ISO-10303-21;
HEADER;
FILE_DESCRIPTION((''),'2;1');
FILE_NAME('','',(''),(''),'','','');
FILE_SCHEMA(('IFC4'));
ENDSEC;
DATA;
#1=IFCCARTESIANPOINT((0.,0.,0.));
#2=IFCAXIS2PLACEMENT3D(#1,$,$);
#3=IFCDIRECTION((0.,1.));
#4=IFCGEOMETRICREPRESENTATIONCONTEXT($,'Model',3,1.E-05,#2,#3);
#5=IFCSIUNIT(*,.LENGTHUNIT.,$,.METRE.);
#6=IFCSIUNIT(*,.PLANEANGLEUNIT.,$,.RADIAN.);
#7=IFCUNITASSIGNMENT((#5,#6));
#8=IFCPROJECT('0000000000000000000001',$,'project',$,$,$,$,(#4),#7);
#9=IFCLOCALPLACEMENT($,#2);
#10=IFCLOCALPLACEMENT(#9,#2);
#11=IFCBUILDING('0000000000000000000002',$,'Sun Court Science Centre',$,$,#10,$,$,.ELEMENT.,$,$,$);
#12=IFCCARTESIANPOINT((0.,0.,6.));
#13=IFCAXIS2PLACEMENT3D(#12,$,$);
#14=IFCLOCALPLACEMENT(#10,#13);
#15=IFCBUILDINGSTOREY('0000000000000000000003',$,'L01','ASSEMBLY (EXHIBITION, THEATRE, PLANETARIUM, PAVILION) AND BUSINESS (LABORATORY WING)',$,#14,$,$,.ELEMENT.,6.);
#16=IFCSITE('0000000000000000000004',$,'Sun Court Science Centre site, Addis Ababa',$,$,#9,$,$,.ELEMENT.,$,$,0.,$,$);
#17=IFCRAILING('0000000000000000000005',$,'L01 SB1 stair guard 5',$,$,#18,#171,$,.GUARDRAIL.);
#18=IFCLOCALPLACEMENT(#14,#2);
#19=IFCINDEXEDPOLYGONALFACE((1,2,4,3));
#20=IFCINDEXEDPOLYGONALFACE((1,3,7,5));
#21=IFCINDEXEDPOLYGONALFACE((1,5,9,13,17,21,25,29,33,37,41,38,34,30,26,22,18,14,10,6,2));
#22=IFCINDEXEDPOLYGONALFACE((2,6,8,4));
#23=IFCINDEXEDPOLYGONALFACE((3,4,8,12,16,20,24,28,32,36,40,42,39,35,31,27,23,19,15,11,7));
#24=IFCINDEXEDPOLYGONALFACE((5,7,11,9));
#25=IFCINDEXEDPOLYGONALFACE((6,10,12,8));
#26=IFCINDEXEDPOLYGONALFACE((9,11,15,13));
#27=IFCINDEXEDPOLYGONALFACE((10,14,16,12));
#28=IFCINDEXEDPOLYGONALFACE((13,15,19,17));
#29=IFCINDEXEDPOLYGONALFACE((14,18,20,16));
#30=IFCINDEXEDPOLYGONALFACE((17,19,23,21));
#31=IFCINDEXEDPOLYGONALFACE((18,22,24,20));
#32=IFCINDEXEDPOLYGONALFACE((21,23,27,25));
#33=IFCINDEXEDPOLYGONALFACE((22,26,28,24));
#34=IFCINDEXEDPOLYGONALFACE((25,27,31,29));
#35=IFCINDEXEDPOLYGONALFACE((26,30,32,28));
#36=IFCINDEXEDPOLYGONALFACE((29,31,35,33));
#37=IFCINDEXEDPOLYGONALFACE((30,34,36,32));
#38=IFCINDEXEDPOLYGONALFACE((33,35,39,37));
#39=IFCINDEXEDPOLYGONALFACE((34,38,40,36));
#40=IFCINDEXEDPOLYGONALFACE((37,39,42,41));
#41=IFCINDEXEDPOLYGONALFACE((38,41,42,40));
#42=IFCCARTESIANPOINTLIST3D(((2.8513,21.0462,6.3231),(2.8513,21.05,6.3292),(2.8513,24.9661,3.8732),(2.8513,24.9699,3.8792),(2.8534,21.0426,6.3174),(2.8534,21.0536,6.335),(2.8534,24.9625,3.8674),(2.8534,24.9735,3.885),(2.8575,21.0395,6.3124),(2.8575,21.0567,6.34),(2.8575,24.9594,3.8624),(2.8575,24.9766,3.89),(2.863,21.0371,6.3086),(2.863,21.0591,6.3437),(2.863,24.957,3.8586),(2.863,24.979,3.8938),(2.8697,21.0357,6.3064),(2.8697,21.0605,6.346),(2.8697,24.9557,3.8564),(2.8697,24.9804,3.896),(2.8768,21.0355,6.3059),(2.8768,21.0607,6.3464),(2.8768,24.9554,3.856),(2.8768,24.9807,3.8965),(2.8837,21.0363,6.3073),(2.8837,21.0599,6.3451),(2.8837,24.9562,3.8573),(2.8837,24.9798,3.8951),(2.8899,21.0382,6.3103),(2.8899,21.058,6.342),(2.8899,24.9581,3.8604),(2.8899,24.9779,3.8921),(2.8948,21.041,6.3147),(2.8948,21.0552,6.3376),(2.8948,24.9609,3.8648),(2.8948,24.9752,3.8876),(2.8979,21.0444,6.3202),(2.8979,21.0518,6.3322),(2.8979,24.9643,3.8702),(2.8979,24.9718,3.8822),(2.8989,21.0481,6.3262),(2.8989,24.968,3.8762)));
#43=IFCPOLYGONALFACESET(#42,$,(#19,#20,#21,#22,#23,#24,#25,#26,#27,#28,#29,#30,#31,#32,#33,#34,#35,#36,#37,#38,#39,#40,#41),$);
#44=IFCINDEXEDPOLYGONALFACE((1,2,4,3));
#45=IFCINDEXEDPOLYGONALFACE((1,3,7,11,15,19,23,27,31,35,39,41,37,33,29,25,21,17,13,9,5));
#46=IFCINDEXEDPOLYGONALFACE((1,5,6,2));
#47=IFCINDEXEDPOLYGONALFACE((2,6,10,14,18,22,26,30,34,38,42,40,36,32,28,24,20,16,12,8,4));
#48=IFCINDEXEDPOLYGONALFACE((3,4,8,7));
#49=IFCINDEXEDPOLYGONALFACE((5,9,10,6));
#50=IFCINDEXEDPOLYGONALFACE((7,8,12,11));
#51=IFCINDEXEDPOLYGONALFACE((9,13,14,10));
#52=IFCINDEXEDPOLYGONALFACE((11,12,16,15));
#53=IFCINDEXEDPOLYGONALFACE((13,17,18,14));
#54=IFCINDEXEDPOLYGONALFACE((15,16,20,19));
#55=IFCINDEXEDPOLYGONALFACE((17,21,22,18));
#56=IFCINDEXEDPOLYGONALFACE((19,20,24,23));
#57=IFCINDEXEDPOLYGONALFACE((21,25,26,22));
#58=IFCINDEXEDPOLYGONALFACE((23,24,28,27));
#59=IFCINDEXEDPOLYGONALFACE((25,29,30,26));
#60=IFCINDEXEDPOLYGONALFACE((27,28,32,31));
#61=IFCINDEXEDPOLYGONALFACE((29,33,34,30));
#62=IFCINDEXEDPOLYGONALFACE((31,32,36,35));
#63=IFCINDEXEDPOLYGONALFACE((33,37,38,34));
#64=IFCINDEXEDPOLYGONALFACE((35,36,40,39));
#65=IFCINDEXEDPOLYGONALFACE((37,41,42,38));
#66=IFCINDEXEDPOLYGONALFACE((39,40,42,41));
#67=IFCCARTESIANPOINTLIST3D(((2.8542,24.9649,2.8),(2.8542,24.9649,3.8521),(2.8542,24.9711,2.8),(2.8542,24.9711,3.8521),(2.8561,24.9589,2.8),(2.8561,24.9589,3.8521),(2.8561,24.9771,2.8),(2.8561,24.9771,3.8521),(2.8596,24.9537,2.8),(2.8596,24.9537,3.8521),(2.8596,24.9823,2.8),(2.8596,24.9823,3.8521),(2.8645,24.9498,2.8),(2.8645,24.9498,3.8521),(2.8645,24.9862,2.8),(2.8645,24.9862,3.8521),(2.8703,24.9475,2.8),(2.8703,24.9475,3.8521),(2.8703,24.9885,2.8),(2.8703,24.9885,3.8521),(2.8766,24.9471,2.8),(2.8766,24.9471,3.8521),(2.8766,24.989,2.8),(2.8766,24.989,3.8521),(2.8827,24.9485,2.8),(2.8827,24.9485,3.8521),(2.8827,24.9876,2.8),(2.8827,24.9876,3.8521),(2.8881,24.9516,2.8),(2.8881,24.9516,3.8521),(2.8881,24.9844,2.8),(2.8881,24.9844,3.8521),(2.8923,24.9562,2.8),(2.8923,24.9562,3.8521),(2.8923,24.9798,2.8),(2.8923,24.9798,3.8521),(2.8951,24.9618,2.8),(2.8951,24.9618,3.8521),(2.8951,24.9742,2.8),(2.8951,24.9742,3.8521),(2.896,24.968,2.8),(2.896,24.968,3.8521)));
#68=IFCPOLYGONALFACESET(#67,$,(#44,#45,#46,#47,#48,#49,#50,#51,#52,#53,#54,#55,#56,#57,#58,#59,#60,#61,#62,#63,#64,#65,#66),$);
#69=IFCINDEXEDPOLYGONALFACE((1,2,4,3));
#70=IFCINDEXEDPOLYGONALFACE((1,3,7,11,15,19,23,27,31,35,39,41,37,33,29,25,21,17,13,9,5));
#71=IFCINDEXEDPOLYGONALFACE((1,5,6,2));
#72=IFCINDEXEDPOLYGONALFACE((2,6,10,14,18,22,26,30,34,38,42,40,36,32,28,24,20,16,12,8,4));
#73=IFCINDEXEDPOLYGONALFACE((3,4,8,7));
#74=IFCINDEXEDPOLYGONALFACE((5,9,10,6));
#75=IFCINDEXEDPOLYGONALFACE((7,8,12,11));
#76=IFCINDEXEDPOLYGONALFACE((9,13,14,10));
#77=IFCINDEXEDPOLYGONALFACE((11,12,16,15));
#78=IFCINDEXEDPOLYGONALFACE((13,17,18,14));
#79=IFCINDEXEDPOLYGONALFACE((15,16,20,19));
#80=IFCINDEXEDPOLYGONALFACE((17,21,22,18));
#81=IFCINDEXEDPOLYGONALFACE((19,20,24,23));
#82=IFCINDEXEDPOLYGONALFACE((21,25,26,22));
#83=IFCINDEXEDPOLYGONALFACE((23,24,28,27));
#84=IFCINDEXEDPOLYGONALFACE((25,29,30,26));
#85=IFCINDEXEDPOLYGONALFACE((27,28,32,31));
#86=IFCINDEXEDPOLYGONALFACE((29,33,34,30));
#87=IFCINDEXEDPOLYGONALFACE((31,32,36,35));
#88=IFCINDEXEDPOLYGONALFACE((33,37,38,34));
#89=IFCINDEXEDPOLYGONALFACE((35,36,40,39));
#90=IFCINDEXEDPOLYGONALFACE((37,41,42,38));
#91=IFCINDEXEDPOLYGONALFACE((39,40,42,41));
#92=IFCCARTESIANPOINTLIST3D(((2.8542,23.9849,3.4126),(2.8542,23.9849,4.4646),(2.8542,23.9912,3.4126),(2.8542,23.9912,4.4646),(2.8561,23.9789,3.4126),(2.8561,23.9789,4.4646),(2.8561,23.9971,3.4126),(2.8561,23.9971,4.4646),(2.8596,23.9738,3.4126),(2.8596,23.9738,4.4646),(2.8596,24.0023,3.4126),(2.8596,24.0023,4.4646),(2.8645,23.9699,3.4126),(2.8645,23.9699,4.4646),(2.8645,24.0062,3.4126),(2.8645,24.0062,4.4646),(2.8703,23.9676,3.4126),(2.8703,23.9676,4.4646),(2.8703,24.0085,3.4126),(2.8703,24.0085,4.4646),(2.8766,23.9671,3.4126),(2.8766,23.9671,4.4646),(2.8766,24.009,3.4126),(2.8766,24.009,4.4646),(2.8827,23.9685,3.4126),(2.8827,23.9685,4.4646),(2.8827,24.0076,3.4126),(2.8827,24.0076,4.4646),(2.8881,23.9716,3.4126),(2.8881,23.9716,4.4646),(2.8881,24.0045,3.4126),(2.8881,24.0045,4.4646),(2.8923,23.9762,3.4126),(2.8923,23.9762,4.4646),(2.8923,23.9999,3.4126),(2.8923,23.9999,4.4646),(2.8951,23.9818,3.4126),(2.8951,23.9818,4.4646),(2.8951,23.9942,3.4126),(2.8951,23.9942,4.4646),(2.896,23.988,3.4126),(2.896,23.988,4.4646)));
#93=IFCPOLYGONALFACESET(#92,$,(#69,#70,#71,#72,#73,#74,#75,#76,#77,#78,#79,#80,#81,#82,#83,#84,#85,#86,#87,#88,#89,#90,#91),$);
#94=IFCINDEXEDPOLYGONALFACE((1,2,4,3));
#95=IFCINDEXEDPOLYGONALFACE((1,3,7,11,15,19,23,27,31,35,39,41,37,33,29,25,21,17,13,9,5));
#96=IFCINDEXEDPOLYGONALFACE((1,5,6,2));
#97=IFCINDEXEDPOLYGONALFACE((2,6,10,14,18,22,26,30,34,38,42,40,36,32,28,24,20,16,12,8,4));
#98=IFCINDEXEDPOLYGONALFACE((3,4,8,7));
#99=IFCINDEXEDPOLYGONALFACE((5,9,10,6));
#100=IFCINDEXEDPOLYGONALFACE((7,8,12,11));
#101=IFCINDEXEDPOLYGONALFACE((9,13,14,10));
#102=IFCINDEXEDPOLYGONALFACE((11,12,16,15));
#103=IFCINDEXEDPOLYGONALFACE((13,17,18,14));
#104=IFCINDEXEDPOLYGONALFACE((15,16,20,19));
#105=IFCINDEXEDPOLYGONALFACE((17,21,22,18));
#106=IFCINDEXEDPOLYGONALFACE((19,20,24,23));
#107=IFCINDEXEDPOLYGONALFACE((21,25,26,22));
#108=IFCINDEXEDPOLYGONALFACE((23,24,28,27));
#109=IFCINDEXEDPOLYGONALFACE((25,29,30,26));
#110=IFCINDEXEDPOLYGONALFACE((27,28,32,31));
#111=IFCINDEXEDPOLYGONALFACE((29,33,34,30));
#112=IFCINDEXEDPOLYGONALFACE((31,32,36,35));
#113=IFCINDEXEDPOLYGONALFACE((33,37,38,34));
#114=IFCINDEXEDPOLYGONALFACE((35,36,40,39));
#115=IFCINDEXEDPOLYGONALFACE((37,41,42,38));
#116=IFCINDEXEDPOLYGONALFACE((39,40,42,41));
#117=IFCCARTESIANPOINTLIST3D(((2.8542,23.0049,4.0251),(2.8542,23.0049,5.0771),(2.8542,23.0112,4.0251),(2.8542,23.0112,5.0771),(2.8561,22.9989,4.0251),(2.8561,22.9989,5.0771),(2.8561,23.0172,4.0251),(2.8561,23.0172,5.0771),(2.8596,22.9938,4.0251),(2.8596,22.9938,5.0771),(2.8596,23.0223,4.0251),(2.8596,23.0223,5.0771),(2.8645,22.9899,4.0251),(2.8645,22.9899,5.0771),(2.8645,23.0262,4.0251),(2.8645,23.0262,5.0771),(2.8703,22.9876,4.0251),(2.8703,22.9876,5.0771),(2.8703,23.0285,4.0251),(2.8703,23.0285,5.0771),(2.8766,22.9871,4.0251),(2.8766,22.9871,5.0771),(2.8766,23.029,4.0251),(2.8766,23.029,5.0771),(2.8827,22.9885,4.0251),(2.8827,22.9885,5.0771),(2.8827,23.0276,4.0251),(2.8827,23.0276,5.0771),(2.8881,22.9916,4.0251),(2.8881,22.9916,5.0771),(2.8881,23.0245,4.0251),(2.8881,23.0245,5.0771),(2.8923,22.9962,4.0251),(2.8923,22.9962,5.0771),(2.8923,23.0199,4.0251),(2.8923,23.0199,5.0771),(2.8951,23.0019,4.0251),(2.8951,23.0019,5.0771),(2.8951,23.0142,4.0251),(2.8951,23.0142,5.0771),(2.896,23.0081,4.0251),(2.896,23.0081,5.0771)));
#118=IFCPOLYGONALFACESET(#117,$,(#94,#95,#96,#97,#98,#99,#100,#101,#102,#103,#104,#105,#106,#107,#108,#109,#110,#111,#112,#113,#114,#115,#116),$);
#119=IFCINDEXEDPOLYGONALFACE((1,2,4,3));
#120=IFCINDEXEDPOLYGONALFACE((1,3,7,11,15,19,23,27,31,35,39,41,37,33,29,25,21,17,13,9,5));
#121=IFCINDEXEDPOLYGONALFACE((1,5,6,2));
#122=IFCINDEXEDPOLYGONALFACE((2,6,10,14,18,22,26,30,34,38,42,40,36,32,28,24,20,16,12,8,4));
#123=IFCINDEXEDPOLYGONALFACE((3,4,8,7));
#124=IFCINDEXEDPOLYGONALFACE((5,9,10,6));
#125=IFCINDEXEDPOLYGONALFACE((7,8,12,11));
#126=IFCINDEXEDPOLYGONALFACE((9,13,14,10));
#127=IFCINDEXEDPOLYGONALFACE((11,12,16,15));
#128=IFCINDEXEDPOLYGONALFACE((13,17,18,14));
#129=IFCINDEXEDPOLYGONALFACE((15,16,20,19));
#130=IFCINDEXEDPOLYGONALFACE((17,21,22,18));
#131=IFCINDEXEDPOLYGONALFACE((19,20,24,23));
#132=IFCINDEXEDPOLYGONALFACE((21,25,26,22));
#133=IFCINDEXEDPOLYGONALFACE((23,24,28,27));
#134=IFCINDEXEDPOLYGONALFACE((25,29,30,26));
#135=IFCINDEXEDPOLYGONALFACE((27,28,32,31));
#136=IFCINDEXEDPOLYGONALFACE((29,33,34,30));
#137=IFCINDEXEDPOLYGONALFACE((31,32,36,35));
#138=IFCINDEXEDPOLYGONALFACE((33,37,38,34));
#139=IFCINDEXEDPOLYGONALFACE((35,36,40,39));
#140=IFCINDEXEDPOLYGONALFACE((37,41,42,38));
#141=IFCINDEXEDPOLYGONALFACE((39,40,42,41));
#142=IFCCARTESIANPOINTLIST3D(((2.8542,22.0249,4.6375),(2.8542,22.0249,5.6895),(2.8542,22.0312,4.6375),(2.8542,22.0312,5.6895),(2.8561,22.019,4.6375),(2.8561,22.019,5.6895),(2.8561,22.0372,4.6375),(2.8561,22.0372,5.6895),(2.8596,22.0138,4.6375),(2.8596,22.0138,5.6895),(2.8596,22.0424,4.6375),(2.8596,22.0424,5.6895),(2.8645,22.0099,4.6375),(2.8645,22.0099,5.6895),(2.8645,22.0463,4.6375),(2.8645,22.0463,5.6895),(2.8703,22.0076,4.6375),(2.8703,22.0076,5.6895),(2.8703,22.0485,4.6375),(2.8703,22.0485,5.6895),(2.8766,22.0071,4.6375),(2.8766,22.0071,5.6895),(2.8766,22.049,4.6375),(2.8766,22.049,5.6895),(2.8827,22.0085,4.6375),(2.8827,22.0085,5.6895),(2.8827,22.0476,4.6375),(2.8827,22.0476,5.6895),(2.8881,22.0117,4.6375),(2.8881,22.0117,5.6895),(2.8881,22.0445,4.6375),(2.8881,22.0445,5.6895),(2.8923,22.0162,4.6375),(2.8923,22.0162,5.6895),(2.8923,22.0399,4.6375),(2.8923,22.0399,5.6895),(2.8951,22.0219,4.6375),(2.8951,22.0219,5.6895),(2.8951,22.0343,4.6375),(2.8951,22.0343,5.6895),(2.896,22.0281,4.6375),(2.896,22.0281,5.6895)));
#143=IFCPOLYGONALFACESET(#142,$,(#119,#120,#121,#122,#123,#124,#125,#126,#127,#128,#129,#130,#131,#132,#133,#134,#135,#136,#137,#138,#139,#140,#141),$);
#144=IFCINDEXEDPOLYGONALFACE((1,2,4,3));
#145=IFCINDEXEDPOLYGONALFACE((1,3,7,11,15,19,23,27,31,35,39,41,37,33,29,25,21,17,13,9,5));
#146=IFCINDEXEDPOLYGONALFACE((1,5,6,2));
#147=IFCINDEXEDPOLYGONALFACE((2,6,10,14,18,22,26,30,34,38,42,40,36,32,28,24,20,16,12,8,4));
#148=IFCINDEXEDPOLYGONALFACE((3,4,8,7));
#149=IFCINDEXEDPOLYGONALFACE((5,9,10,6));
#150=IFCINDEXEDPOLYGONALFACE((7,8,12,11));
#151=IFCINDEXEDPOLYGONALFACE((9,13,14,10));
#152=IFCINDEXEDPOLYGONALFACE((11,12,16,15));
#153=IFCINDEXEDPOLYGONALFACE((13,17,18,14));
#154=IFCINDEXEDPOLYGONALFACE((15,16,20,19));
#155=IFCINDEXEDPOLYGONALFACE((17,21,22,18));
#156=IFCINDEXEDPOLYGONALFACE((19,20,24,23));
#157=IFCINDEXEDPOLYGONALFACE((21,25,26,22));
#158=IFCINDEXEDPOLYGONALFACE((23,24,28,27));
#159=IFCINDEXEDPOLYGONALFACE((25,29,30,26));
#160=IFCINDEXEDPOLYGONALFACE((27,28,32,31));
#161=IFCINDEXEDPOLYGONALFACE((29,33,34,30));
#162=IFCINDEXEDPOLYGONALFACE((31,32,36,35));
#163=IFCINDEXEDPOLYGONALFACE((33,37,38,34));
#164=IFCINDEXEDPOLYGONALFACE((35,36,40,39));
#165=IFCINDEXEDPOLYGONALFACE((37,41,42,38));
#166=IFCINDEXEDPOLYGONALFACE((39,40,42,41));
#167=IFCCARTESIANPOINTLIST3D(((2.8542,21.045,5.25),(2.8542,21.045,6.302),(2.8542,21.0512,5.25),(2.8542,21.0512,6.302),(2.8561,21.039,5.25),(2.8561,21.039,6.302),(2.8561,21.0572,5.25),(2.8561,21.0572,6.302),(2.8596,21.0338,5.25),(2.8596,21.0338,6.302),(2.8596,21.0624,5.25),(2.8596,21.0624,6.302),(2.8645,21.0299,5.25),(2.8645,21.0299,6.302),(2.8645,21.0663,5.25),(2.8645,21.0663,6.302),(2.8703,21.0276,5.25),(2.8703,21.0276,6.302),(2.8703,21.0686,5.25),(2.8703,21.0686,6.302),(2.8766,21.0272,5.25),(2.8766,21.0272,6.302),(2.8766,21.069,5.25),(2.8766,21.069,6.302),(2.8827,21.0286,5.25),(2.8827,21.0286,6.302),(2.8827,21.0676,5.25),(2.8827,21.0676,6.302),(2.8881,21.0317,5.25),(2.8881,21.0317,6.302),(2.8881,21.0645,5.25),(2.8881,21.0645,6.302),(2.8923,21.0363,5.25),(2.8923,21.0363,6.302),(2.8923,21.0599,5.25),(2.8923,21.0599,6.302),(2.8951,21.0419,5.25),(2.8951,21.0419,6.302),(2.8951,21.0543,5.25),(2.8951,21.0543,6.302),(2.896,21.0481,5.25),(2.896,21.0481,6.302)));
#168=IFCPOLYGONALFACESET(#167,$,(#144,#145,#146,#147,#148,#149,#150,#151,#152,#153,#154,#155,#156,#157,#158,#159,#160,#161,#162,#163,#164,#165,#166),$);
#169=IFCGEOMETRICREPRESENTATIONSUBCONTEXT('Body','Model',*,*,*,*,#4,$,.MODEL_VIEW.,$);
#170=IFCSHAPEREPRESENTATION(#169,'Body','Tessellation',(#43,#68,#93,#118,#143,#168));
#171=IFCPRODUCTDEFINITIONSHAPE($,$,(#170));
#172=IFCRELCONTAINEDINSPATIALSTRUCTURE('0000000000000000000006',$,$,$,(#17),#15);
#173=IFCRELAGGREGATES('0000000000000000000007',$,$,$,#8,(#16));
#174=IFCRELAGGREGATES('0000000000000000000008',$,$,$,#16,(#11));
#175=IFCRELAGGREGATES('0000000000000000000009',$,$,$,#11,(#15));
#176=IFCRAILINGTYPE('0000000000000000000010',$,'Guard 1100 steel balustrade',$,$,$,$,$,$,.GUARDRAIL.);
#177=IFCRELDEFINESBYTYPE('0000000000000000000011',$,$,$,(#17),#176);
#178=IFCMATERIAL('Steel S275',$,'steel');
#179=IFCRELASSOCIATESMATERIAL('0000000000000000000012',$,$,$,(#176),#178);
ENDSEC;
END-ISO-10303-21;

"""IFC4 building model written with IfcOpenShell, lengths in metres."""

from ifc_helpers import new_model, si_unit, direction, frame, origin, origin_2d, place, context, subcontext, project, spatial, circle, extrude, material, type_object, element, save


model = new_model("IFC4")

# Units and contexts
model_context = context("Model", 3, precision=1e-05, world=origin(), true_north=direction((0.0, 1.0)))
body_context = subcontext(model_context, "Body", "Model", "MODEL_VIEW")
ifc_project = project(units=[si_unit("LENGTHUNIT", "METRE"), si_unit("PLANEANGLEUNIT", "RADIAN")], contexts=[model_context])

# Site, building, storey
site_placement = place(None, origin())
site = spatial("IfcSite", under=ifc_project, at=site_placement, Name="Sun Court Science Centre site, Addis Ababa", CompositionType="ELEMENT", RefElevation=0.0)
building_placement = place(site_placement, origin())
building = spatial("IfcBuilding", under=site, at=building_placement, Name="Sun Court Science Centre", CompositionType="ELEMENT")
storey_placement = place(building_placement, frame((0.0, 0.0, 6.0)))
storey = spatial("IfcBuildingStorey", under=building, at=storey_placement, Name="L01", Description="ASSEMBLY (EXHIBITION, THEATRE, PLANETARIUM, PAVILION) AND BUSINESS (LABORATORY WING)", CompositionType="ELEMENT", Elevation=6.0)

# Railing
ifc_material_1 = material(Name="Steel S275", Category="steel")
railing_type_1 = type_object("IfcRailingType", Name="Guard 1100 steel balustrade", PredefinedType="GUARDRAIL", material=ifc_material_1)
railing_1_placement = place(storey_placement, frame((2.875, 24.968, 2.8)))
element("IfcRailing", 1, at=railing_1_placement, inside=storey, type_object=railing_type_1, Name="L01 SB1 stair guard 5", PredefinedType="GUARDRAIL", context=body_context, shape_type="SweptSolid", body=[
    extrude(circle(Radius=0.0239, at=origin_2d()), frame((0.0, 0.0, 1.0762), z_axis=(0.0, -0.847998, 0.529999), x_axis=(1.0, 0.0, 0.0)), (0.0, 0.0, 1.0), 4.6226),
    extrude(circle(Radius=0.021, at=origin_2d()), origin(), (0.0, 0.0, 1.0), 1.052),
    extrude(circle(Radius=0.021, at=origin_2d()), frame((0.0, -0.98, 0.6125)), (0.0, 0.0, 1.0), 1.052),
    extrude(circle(Radius=0.021, at=origin_2d()), frame((0.0, -1.96, 1.2251)), (0.0, 0.0, 1.0), 1.052),
    extrude(circle(Radius=0.021, at=origin_2d()), frame((0.0, -2.9399, 1.8374)), (0.0, 0.0, 1.0), 1.052),
    extrude(circle(Radius=0.021, at=origin_2d()), frame((0.0, -3.9199, 2.45)), (0.0, 0.0, 1.0), 1.052),
])

save(model, "model.ifc")
